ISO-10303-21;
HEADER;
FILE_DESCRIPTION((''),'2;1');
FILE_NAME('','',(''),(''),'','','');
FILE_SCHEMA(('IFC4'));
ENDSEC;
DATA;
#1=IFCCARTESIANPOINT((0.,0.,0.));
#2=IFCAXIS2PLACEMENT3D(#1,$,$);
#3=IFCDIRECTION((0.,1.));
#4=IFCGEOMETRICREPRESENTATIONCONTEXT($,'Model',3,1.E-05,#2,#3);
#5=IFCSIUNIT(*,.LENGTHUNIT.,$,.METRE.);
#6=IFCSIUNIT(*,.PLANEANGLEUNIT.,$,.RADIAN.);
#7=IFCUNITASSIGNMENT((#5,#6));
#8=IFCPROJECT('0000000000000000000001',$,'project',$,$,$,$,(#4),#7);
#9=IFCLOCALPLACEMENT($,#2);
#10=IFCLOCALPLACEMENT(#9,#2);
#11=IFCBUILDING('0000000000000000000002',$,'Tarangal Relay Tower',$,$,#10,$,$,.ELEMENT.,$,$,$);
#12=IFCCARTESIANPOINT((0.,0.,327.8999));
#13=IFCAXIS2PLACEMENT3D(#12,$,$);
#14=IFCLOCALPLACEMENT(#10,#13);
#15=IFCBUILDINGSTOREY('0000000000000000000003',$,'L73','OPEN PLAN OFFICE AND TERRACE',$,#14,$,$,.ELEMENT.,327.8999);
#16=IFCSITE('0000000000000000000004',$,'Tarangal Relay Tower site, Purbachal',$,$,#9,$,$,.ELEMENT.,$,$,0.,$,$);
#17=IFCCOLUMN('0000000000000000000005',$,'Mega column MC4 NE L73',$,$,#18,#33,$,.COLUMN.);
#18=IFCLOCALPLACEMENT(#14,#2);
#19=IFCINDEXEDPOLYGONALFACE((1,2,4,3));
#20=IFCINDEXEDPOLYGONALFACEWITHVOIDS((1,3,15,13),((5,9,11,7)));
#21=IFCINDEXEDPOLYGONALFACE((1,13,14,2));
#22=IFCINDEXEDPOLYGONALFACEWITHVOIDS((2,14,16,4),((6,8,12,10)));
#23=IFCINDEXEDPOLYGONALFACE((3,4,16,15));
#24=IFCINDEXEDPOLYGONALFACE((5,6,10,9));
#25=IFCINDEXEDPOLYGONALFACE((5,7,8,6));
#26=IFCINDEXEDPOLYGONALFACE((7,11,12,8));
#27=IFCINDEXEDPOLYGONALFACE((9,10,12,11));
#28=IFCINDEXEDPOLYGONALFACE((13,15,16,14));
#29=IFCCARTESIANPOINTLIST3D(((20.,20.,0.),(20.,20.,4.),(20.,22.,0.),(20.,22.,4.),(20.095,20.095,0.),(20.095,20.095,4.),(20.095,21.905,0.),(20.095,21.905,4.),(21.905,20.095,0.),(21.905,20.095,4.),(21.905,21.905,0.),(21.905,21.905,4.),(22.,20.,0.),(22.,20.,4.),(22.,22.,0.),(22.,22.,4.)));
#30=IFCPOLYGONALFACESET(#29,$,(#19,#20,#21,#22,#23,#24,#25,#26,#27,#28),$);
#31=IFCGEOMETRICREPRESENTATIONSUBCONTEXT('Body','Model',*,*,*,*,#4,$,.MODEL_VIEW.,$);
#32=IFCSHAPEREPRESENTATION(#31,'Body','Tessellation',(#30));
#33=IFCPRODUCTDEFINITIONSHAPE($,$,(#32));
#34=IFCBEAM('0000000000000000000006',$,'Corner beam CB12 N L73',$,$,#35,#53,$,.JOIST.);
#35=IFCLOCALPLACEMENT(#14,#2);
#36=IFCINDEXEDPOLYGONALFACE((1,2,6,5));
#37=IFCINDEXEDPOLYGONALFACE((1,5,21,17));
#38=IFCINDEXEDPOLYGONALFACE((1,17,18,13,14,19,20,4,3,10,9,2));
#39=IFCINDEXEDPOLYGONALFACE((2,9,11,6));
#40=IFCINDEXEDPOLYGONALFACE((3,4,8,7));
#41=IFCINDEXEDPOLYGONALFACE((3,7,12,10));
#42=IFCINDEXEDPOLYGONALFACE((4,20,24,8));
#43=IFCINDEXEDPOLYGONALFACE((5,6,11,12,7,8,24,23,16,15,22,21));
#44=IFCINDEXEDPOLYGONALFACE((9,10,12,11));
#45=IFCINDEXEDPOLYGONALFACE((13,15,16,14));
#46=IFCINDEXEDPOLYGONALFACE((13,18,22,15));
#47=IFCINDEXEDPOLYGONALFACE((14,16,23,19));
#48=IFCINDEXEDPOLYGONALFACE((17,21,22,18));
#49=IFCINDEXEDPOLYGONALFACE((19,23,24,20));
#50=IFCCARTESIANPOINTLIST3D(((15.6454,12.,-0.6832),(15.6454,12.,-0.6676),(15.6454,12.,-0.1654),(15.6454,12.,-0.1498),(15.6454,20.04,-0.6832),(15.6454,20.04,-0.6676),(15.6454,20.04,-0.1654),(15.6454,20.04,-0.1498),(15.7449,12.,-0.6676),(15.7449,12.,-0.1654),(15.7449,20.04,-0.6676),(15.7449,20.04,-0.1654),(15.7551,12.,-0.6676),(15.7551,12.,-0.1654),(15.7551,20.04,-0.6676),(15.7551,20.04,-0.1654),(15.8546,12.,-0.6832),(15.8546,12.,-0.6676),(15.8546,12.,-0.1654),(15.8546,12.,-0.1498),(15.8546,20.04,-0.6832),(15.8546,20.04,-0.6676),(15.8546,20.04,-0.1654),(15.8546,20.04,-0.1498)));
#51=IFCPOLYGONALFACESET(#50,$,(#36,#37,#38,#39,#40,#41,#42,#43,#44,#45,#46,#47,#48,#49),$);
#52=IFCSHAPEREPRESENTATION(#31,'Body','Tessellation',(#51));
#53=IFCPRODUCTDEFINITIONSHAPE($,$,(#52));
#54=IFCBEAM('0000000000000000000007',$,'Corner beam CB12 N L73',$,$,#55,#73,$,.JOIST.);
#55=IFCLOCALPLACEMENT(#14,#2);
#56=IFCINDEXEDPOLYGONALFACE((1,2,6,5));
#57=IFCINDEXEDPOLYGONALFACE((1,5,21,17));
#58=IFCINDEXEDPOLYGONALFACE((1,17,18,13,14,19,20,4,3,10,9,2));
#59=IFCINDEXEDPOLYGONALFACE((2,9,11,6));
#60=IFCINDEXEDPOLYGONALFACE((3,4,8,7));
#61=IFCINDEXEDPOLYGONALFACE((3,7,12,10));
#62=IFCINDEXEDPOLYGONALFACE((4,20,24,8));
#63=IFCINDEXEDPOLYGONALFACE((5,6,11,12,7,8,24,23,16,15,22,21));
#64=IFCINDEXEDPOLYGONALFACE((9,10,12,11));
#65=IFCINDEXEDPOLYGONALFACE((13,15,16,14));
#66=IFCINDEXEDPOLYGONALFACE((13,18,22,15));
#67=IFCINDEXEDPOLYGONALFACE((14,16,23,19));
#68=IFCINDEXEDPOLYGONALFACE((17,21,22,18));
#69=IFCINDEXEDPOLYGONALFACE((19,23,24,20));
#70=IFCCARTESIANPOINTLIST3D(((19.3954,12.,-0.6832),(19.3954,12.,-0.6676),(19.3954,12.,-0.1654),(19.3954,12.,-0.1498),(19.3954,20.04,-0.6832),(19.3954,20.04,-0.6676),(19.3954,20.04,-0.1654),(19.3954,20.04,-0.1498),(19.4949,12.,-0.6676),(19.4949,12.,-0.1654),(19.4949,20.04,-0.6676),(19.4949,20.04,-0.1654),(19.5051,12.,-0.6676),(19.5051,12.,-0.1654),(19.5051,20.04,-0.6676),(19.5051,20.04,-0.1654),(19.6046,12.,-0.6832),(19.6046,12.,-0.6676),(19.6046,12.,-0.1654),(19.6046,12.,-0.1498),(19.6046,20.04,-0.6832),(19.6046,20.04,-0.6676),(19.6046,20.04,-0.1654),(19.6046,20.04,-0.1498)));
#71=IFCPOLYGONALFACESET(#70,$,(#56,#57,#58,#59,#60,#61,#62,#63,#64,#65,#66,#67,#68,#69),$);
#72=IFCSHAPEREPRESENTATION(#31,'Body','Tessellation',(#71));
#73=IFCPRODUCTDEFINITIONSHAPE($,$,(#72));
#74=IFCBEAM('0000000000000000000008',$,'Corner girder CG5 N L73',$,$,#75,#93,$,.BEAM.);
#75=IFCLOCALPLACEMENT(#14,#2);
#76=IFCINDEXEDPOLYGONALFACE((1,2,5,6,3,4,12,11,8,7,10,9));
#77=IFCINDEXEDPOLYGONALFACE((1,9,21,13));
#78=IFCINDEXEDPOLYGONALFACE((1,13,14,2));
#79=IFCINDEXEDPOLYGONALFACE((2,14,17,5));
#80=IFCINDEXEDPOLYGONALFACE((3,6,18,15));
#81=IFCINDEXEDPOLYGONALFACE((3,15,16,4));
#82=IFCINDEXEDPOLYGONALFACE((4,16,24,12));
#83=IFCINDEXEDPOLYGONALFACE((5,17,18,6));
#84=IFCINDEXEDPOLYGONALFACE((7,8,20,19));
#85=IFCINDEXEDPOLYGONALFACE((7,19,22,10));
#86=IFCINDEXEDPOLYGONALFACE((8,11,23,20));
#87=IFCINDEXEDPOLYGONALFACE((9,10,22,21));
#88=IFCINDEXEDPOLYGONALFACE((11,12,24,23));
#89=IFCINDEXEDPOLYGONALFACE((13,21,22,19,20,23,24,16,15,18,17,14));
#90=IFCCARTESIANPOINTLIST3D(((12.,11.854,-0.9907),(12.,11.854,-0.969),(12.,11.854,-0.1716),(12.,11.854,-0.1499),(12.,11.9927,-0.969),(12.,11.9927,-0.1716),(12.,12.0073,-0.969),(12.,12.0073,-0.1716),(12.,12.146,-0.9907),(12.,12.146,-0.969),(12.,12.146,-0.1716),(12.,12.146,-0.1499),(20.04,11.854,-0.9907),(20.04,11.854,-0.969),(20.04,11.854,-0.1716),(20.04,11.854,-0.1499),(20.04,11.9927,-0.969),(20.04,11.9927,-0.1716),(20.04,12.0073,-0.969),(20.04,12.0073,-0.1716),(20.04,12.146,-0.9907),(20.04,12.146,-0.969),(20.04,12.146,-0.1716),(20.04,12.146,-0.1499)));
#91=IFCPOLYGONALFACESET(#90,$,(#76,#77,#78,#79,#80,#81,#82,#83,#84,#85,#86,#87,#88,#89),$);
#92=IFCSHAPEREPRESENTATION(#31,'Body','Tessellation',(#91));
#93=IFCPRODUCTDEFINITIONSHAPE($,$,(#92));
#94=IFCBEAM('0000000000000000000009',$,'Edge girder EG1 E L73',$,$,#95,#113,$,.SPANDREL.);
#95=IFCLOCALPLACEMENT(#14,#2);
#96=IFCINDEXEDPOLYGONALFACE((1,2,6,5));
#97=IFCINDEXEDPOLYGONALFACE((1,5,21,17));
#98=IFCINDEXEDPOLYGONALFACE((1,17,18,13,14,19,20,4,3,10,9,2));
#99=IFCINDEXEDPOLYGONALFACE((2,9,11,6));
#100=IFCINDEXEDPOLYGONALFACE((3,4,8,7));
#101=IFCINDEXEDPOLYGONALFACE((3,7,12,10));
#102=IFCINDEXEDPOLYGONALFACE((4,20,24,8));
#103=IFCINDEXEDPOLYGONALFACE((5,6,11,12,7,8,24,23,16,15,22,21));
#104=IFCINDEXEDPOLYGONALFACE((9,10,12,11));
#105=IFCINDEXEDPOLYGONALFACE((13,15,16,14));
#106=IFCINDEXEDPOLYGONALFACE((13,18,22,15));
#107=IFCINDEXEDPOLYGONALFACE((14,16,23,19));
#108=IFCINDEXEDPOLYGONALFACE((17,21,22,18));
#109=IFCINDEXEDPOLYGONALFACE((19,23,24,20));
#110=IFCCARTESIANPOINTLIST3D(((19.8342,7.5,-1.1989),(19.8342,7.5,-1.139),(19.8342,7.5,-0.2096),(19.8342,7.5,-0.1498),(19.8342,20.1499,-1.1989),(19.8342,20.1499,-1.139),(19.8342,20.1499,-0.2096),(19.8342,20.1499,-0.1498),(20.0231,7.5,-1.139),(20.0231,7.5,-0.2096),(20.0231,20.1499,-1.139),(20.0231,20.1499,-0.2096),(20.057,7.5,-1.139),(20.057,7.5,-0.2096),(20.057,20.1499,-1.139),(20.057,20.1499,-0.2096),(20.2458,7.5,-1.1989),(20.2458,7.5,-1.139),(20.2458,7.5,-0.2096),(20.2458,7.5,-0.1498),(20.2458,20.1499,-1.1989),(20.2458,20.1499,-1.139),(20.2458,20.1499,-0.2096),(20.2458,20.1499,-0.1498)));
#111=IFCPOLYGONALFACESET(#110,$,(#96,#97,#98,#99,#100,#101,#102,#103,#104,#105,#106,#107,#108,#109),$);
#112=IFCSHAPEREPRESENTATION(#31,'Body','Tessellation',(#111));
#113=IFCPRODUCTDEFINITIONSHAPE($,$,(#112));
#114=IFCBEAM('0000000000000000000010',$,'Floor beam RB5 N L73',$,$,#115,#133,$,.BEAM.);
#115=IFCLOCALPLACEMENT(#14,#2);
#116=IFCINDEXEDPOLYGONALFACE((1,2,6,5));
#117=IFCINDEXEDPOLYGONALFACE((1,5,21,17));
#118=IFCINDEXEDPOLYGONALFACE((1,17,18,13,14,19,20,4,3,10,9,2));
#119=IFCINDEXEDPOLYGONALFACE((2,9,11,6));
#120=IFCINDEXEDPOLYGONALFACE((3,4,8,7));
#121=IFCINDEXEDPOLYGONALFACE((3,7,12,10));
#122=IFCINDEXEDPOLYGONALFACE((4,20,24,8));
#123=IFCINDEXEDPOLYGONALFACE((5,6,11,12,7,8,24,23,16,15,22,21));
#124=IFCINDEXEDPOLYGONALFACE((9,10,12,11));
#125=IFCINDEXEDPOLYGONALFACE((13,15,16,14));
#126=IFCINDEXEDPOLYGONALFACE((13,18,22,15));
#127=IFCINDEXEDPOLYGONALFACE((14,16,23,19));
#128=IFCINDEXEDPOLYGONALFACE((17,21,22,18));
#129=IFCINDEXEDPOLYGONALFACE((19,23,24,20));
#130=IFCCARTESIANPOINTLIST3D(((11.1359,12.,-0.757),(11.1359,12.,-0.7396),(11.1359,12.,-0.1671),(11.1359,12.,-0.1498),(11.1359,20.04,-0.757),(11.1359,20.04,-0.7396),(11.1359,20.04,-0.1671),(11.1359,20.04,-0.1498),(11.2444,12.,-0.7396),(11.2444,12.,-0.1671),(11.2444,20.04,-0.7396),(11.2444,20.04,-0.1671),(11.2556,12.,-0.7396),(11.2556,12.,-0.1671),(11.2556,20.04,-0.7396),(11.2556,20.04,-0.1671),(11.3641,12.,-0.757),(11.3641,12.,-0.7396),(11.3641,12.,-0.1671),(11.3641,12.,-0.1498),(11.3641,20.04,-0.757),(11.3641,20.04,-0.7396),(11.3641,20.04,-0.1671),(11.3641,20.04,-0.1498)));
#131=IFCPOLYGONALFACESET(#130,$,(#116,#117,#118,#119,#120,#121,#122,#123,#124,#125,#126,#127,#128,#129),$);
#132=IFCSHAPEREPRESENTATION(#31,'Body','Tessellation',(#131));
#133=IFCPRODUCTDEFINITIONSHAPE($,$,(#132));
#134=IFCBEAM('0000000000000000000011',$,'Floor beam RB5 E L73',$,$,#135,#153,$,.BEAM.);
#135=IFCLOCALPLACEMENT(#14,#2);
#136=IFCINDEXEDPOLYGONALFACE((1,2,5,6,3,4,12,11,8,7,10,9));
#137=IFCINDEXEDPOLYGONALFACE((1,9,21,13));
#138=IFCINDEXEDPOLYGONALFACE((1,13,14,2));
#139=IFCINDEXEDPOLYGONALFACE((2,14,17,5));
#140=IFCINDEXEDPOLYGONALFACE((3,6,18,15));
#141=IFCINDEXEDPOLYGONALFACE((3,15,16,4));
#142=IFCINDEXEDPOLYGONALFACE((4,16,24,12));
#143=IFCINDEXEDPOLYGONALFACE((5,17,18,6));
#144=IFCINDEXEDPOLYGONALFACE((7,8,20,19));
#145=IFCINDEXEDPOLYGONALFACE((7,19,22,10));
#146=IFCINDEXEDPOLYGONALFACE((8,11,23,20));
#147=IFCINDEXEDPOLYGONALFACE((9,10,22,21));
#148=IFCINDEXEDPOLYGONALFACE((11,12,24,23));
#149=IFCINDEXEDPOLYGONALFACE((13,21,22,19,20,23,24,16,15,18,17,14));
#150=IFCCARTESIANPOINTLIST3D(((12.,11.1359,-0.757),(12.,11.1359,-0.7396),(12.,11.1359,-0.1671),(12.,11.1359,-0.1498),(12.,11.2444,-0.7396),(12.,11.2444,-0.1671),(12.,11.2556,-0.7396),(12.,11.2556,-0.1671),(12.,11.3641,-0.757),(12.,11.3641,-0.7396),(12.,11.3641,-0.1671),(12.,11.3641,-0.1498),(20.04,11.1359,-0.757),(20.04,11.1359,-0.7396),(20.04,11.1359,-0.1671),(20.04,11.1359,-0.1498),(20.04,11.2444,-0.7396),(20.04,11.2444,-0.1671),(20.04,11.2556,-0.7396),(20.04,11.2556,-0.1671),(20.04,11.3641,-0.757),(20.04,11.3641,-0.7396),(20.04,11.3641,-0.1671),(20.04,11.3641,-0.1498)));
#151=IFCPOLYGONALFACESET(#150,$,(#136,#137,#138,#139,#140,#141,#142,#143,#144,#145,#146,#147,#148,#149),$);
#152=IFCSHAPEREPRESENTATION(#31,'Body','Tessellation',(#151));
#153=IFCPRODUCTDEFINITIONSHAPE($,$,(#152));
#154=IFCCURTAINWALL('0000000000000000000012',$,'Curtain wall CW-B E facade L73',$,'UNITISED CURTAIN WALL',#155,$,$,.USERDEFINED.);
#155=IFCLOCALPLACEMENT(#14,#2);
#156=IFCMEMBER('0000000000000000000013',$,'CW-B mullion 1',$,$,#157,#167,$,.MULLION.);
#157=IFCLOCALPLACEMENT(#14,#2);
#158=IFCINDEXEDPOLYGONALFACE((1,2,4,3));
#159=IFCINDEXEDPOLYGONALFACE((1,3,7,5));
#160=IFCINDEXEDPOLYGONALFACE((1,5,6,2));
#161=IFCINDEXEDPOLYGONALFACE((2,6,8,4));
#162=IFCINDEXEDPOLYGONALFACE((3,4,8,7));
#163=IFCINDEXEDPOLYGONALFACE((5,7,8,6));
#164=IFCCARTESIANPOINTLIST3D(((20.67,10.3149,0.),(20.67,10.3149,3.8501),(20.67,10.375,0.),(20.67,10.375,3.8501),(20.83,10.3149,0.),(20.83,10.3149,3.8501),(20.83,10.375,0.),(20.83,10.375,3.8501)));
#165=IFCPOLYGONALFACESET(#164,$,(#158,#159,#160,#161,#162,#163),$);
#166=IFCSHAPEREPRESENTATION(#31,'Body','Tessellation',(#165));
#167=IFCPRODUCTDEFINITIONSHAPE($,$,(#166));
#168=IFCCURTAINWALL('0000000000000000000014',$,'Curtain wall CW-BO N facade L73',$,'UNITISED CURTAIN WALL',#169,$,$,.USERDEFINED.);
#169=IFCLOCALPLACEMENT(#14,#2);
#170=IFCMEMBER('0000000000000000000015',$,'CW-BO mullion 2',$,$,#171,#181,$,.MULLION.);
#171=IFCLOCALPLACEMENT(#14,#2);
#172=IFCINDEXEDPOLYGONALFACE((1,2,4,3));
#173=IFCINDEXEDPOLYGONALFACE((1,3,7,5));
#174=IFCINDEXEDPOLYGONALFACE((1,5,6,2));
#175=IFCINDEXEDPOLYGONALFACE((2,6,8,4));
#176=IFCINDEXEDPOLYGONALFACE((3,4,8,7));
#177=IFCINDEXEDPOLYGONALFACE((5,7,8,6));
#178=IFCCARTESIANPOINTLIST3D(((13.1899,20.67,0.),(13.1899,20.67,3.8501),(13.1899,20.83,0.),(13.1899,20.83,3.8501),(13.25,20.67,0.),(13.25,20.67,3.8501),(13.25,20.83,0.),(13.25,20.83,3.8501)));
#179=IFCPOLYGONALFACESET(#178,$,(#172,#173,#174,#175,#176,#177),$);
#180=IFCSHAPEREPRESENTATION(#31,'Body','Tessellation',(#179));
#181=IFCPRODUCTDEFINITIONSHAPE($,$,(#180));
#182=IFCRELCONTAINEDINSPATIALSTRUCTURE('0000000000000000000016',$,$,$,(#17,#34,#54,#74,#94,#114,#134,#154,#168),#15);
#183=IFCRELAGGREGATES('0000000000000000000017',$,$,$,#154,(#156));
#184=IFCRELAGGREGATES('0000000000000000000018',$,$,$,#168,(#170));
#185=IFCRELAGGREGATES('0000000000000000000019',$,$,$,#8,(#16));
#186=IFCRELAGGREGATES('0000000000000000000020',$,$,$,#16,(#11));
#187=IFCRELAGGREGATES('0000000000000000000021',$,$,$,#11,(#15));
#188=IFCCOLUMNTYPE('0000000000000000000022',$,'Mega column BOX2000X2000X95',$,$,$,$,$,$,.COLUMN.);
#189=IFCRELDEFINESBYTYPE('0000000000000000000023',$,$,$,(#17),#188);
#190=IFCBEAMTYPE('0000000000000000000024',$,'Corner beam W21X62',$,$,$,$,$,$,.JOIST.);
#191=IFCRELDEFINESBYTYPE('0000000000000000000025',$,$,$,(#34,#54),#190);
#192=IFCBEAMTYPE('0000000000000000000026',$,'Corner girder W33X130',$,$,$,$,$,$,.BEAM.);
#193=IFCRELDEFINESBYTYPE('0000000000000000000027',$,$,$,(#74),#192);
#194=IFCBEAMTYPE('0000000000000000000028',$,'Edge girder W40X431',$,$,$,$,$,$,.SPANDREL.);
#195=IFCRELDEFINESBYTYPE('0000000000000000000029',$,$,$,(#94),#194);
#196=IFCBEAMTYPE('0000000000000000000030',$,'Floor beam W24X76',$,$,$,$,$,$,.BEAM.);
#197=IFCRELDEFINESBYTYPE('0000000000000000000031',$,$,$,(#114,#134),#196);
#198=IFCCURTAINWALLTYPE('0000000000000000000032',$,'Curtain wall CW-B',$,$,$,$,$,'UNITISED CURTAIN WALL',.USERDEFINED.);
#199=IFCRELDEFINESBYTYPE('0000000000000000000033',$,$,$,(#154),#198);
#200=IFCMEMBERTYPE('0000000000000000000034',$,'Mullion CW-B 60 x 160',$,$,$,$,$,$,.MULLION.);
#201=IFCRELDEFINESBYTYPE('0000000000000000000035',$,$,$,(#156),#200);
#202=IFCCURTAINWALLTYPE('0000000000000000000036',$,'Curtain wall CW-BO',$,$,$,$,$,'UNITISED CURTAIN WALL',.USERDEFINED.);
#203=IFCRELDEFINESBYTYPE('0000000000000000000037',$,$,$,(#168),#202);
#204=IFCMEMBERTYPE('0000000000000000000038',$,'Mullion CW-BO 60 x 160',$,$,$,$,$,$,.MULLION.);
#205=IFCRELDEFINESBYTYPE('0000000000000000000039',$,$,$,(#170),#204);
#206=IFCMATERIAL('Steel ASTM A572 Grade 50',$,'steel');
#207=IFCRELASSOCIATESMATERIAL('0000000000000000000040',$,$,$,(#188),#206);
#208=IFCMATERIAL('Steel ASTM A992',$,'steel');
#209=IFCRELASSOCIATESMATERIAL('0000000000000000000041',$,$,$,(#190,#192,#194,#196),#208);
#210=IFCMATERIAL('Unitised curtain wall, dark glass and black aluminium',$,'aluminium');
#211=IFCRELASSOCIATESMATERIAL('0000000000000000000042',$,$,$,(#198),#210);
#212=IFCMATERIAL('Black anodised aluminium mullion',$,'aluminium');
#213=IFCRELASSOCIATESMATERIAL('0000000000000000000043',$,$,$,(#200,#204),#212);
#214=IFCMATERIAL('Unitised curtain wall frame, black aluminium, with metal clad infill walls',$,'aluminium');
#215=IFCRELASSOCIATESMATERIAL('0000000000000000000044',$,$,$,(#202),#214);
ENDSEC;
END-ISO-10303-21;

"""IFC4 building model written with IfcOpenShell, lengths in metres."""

from ifc_helpers import new_model, si_unit, direction, frame, origin, origin_2d, place, context, subcontext, project, spatial, rectangle, hollow_rectangle, i_section, extrude, material, material_profile, profile_set, type_object, element, aggregate, save


model = new_model("IFC4")

# Units and contexts
model_context = context("Model", 3, precision=1e-05, world=origin(), true_north=direction((0.0, 1.0)))
body_context = subcontext(model_context, "Body", "Model", "MODEL_VIEW")
ifc_project = project(units=[si_unit("LENGTHUNIT", "METRE"), si_unit("PLANEANGLEUNIT", "RADIAN")], contexts=[model_context])

# Site, building, storey
site_placement = place(None, origin())
site = spatial("IfcSite", under=ifc_project, at=site_placement, Name="Tarangal Relay Tower site, Purbachal", CompositionType="ELEMENT", RefElevation=0.0)
building_placement = place(site_placement, origin())
building = spatial("IfcBuilding", under=site, at=building_placement, Name="Tarangal Relay Tower", CompositionType="ELEMENT")
storey_placement = place(building_placement, frame((0.0, 0.0, 327.8999)))
storey = spatial("IfcBuildingStorey", under=building, at=storey_placement, Name="L73", Description="OPEN PLAN OFFICE AND TERRACE", CompositionType="ELEMENT", Elevation=327.8999)

# Column
ifc_material_1 = material(Name="Steel ASTM A572 Grade 50", Category="steel")
ifc_material_profile_1 = material_profile(ifc_material_1, hollow_rectangle(XDim=2.0, YDim=2.0, WallThickness=0.095, at=origin_2d()), Name="BOX2000X2000X95")
ifc_profile_set_1 = profile_set([ifc_material_profile_1], Name="Steel ASTM A572 Grade 50")
column_type = type_object("IfcColumnType", Name="Mega column BOX2000X2000X95", PredefinedType="COLUMN", material=ifc_profile_set_1)
column_placement = place(storey_placement, frame((21.0, 21.0, 0.0), z_axis=(0.0, 0.0, 1.0), x_axis=(1.0, 0.0, 0.0)))
element("IfcColumn", 1, at=column_placement, inside=storey, type_object=column_type, Name="Mega column MC4 NE L73", PredefinedType="COLUMN", context=body_context, shape_type="SweptSolid", body=[
    extrude(hollow_rectangle(XDim=2.0, YDim=2.0, WallThickness=0.095, at=origin_2d()), origin(), (0.0, 0.0, 1.0), 4.0),
])

# Beams
ifc_material_2 = material(Name="Steel ASTM A992", Category="steel")
ifc_material_profile_2 = material_profile(ifc_material_2, i_section(OverallWidth=0.2092, OverallDepth=0.5334, WebThickness=0.0103, FlangeThickness=0.0156, at=origin_2d()), Name="W21X62")
ifc_profile_set_2 = profile_set([ifc_material_profile_2], Name="Steel ASTM A992")
beam_type_1 = type_object("IfcBeamType", Name="Corner beam W21X62", PredefinedType="JOIST", material=ifc_profile_set_2)
for number, where, z_axis, x_axis, name in (
    (2, (15.75, 12.0, -0.4165), (0.0, 1.0, 0.0), (-1.0, 0.0, 0.0), "Corner beam CB12 N L73"),
    (3, (19.5, 12.0, -0.4165), (0.0, 1.0, 0.0), (-1.0, 0.0, 0.0), "Corner beam CB12 N L73"),
):
    element("IfcBeam", number, at=place(storey_placement, frame(where, z_axis=z_axis, x_axis=x_axis)), inside=storey, type_object=beam_type_1, Name=name, PredefinedType="JOIST", context=body_context, shape_type="SweptSolid", body=[
        extrude(i_section(OverallWidth=0.2092, OverallDepth=0.5334, WebThickness=0.0103, FlangeThickness=0.0156, at=origin_2d()), origin(), (0.0, 0.0, 1.0), 8.04),
    ])
ifc_material_profile_3 = material_profile(ifc_material_2, i_section(OverallWidth=0.292, OverallDepth=0.8408, WebThickness=0.0146, FlangeThickness=0.0217, at=origin_2d()), Name="W33X130")
ifc_profile_set_3 = profile_set([ifc_material_profile_3], Name="Steel ASTM A992")
beam_type_2 = type_object("IfcBeamType", Name="Corner girder W33X130", PredefinedType="BEAM", material=ifc_profile_set_3)
beam_1_placement = place(storey_placement, frame((12.0, 12.0, -0.5703), z_axis=(1.0, 0.0, 0.0), x_axis=(0.0, 1.0, 0.0)))
element("IfcBeam", 4, at=beam_1_placement, inside=storey, type_object=beam_type_2, Name="Corner girder CG5 N L73", PredefinedType="BEAM", context=body_context, shape_type="SweptSolid", body=[
    extrude(i_section(OverallWidth=0.292, OverallDepth=0.8408, WebThickness=0.0146, FlangeThickness=0.0217, at=origin_2d()), origin(), (0.0, 0.0, 1.0), 8.04),
])
ifc_material_profile_4 = material_profile(ifc_material_2, i_section(OverallWidth=0.4116, OverallDepth=1.0491, WebThickness=0.0339, FlangeThickness=0.0598, at=origin_2d()), Name="W40X431")
ifc_profile_set_4 = profile_set([ifc_material_profile_4], Name="Steel ASTM A992")
beam_type_3 = type_object("IfcBeamType", Name="Edge girder W40X431", PredefinedType="SPANDREL", material=ifc_profile_set_4)
beam_2_placement = place(storey_placement, frame((20.04, 20.1499, -0.6743), z_axis=(0.0, -1.0, 0.0), x_axis=(1.0, 0.0, 0.0)))
element("IfcBeam", 5, at=beam_2_placement, inside=storey, type_object=beam_type_3, Name="Edge girder EG1 E L73", PredefinedType="SPANDREL", context=body_context, shape_type="SweptSolid", body=[
    extrude(i_section(OverallWidth=0.4116, OverallDepth=1.0491, WebThickness=0.0339, FlangeThickness=0.0598, at=origin_2d()), origin(), (0.0, 0.0, 1.0), 12.6499),
])
ifc_material_profile_5 = material_profile(ifc_material_2, i_section(OverallWidth=0.2283, OverallDepth=0.6072, WebThickness=0.0112, FlangeThickness=0.0173, at=origin_2d()), Name="W24X76")
ifc_profile_set_5 = profile_set([ifc_material_profile_5], Name="Steel ASTM A992")
beam_type_4 = type_object("IfcBeamType", Name="Floor beam W24X76", PredefinedType="BEAM", material=ifc_profile_set_5)
for number, where, z_axis, x_axis, name in (
    (6, (11.25, 12.0, -0.4534), (0.0, 1.0, 0.0), (-1.0, 0.0, 0.0), "Floor beam RB5 N L73"),
    (7, (12.0, 11.25, -0.4534), (1.0, 0.0, 0.0), (0.0, 1.0, 0.0), "Floor beam RB5 E L73"),
):
    element("IfcBeam", number, at=place(storey_placement, frame(where, z_axis=z_axis, x_axis=x_axis)), inside=storey, type_object=beam_type_4, Name=name, PredefinedType="BEAM", context=body_context, shape_type="SweptSolid", body=[
        extrude(i_section(OverallWidth=0.2283, OverallDepth=0.6072, WebThickness=0.0112, FlangeThickness=0.0173, at=origin_2d()), origin(), (0.0, 0.0, 1.0), 8.04),
    ])

# Curtain walls, members
ifc_material_3 = material(Name="Unitised curtain wall, dark glass and black aluminium", Category="aluminium")
curtain_wall_type_1 = type_object("IfcCurtainWallType", Name="Curtain wall CW-B", ElementType="UNITISED CURTAIN WALL", PredefinedType="USERDEFINED", material=ifc_material_3)
curtain_wall_1_placement = place(storey_placement, origin())
curtain_wall_1 = element("IfcCurtainWall", 8, at=curtain_wall_1_placement, inside=storey, type_object=curtain_wall_type_1, Name="Curtain wall CW-B E facade L73", ObjectType="UNITISED CURTAIN WALL", PredefinedType="USERDEFINED")
ifc_material_4 = material(Name="Black anodised aluminium mullion", Category="aluminium")
ifc_material_profile_6 = material_profile(ifc_material_4, rectangle(XDim=0.1599, YDim=0.0601, at=origin_2d()), Name="CW-BM 60X160")
ifc_profile_set_6 = profile_set([ifc_material_profile_6], Name="Black anodised aluminium mullion")
member_type_1 = type_object("IfcMemberType", Name="Mullion CW-B 60 x 160", PredefinedType="MULLION", material=ifc_profile_set_6)
member_1_placement = place(storey_placement, frame((20.75, 10.345, 0.0), z_axis=(0.0, 0.0, 1.0), x_axis=(1.0, 0.0, 0.0)))
member_1 = element("IfcMember", 9, at=member_1_placement, type_object=member_type_1, Name="CW-B mullion 1", PredefinedType="MULLION", context=body_context, shape_type="SweptSolid", body=[
    extrude(rectangle(XDim=0.1599, YDim=0.0601, at=origin_2d()), origin(), (0.0, 0.0, 1.0), 3.8501),
])
aggregate(curtain_wall_1, [member_1])
ifc_material_5 = material(Name="Unitised curtain wall frame, black aluminium, with metal clad infill walls", Category="aluminium")
curtain_wall_type_2 = type_object("IfcCurtainWallType", Name="Curtain wall CW-BO", ElementType="UNITISED CURTAIN WALL", PredefinedType="USERDEFINED", material=ifc_material_5)
curtain_wall_2_placement = place(storey_placement, origin())
curtain_wall_2 = element("IfcCurtainWall", 10, at=curtain_wall_2_placement, inside=storey, type_object=curtain_wall_type_2, Name="Curtain wall CW-BO N facade L73", ObjectType="UNITISED CURTAIN WALL", PredefinedType="USERDEFINED")
ifc_material_profile_7 = material_profile(ifc_material_4, rectangle(XDim=0.1599, YDim=0.0601, at=origin_2d()), Name="CW-BOM 60X160")
ifc_profile_set_7 = profile_set([ifc_material_profile_7], Name="Black anodised aluminium mullion")
member_type_2 = type_object("IfcMemberType", Name="Mullion CW-BO 60 x 160", PredefinedType="MULLION", material=ifc_profile_set_7)
member_2_placement = place(storey_placement, frame((13.22, 20.75, 0.0), z_axis=(0.0, 0.0, 1.0), x_axis=(0.0, 1.0, 0.0)))
member_2 = element("IfcMember", 11, at=member_2_placement, type_object=member_type_2, Name="CW-BO mullion 2", PredefinedType="MULLION", context=body_context, shape_type="SweptSolid", body=[
    extrude(rectangle(XDim=0.1599, YDim=0.0601, at=origin_2d()), origin(), (0.0, 0.0, 1.0), 3.8501),
])

aggregate(curtain_wall_2, [member_2])

save(model, "model.ifc")
